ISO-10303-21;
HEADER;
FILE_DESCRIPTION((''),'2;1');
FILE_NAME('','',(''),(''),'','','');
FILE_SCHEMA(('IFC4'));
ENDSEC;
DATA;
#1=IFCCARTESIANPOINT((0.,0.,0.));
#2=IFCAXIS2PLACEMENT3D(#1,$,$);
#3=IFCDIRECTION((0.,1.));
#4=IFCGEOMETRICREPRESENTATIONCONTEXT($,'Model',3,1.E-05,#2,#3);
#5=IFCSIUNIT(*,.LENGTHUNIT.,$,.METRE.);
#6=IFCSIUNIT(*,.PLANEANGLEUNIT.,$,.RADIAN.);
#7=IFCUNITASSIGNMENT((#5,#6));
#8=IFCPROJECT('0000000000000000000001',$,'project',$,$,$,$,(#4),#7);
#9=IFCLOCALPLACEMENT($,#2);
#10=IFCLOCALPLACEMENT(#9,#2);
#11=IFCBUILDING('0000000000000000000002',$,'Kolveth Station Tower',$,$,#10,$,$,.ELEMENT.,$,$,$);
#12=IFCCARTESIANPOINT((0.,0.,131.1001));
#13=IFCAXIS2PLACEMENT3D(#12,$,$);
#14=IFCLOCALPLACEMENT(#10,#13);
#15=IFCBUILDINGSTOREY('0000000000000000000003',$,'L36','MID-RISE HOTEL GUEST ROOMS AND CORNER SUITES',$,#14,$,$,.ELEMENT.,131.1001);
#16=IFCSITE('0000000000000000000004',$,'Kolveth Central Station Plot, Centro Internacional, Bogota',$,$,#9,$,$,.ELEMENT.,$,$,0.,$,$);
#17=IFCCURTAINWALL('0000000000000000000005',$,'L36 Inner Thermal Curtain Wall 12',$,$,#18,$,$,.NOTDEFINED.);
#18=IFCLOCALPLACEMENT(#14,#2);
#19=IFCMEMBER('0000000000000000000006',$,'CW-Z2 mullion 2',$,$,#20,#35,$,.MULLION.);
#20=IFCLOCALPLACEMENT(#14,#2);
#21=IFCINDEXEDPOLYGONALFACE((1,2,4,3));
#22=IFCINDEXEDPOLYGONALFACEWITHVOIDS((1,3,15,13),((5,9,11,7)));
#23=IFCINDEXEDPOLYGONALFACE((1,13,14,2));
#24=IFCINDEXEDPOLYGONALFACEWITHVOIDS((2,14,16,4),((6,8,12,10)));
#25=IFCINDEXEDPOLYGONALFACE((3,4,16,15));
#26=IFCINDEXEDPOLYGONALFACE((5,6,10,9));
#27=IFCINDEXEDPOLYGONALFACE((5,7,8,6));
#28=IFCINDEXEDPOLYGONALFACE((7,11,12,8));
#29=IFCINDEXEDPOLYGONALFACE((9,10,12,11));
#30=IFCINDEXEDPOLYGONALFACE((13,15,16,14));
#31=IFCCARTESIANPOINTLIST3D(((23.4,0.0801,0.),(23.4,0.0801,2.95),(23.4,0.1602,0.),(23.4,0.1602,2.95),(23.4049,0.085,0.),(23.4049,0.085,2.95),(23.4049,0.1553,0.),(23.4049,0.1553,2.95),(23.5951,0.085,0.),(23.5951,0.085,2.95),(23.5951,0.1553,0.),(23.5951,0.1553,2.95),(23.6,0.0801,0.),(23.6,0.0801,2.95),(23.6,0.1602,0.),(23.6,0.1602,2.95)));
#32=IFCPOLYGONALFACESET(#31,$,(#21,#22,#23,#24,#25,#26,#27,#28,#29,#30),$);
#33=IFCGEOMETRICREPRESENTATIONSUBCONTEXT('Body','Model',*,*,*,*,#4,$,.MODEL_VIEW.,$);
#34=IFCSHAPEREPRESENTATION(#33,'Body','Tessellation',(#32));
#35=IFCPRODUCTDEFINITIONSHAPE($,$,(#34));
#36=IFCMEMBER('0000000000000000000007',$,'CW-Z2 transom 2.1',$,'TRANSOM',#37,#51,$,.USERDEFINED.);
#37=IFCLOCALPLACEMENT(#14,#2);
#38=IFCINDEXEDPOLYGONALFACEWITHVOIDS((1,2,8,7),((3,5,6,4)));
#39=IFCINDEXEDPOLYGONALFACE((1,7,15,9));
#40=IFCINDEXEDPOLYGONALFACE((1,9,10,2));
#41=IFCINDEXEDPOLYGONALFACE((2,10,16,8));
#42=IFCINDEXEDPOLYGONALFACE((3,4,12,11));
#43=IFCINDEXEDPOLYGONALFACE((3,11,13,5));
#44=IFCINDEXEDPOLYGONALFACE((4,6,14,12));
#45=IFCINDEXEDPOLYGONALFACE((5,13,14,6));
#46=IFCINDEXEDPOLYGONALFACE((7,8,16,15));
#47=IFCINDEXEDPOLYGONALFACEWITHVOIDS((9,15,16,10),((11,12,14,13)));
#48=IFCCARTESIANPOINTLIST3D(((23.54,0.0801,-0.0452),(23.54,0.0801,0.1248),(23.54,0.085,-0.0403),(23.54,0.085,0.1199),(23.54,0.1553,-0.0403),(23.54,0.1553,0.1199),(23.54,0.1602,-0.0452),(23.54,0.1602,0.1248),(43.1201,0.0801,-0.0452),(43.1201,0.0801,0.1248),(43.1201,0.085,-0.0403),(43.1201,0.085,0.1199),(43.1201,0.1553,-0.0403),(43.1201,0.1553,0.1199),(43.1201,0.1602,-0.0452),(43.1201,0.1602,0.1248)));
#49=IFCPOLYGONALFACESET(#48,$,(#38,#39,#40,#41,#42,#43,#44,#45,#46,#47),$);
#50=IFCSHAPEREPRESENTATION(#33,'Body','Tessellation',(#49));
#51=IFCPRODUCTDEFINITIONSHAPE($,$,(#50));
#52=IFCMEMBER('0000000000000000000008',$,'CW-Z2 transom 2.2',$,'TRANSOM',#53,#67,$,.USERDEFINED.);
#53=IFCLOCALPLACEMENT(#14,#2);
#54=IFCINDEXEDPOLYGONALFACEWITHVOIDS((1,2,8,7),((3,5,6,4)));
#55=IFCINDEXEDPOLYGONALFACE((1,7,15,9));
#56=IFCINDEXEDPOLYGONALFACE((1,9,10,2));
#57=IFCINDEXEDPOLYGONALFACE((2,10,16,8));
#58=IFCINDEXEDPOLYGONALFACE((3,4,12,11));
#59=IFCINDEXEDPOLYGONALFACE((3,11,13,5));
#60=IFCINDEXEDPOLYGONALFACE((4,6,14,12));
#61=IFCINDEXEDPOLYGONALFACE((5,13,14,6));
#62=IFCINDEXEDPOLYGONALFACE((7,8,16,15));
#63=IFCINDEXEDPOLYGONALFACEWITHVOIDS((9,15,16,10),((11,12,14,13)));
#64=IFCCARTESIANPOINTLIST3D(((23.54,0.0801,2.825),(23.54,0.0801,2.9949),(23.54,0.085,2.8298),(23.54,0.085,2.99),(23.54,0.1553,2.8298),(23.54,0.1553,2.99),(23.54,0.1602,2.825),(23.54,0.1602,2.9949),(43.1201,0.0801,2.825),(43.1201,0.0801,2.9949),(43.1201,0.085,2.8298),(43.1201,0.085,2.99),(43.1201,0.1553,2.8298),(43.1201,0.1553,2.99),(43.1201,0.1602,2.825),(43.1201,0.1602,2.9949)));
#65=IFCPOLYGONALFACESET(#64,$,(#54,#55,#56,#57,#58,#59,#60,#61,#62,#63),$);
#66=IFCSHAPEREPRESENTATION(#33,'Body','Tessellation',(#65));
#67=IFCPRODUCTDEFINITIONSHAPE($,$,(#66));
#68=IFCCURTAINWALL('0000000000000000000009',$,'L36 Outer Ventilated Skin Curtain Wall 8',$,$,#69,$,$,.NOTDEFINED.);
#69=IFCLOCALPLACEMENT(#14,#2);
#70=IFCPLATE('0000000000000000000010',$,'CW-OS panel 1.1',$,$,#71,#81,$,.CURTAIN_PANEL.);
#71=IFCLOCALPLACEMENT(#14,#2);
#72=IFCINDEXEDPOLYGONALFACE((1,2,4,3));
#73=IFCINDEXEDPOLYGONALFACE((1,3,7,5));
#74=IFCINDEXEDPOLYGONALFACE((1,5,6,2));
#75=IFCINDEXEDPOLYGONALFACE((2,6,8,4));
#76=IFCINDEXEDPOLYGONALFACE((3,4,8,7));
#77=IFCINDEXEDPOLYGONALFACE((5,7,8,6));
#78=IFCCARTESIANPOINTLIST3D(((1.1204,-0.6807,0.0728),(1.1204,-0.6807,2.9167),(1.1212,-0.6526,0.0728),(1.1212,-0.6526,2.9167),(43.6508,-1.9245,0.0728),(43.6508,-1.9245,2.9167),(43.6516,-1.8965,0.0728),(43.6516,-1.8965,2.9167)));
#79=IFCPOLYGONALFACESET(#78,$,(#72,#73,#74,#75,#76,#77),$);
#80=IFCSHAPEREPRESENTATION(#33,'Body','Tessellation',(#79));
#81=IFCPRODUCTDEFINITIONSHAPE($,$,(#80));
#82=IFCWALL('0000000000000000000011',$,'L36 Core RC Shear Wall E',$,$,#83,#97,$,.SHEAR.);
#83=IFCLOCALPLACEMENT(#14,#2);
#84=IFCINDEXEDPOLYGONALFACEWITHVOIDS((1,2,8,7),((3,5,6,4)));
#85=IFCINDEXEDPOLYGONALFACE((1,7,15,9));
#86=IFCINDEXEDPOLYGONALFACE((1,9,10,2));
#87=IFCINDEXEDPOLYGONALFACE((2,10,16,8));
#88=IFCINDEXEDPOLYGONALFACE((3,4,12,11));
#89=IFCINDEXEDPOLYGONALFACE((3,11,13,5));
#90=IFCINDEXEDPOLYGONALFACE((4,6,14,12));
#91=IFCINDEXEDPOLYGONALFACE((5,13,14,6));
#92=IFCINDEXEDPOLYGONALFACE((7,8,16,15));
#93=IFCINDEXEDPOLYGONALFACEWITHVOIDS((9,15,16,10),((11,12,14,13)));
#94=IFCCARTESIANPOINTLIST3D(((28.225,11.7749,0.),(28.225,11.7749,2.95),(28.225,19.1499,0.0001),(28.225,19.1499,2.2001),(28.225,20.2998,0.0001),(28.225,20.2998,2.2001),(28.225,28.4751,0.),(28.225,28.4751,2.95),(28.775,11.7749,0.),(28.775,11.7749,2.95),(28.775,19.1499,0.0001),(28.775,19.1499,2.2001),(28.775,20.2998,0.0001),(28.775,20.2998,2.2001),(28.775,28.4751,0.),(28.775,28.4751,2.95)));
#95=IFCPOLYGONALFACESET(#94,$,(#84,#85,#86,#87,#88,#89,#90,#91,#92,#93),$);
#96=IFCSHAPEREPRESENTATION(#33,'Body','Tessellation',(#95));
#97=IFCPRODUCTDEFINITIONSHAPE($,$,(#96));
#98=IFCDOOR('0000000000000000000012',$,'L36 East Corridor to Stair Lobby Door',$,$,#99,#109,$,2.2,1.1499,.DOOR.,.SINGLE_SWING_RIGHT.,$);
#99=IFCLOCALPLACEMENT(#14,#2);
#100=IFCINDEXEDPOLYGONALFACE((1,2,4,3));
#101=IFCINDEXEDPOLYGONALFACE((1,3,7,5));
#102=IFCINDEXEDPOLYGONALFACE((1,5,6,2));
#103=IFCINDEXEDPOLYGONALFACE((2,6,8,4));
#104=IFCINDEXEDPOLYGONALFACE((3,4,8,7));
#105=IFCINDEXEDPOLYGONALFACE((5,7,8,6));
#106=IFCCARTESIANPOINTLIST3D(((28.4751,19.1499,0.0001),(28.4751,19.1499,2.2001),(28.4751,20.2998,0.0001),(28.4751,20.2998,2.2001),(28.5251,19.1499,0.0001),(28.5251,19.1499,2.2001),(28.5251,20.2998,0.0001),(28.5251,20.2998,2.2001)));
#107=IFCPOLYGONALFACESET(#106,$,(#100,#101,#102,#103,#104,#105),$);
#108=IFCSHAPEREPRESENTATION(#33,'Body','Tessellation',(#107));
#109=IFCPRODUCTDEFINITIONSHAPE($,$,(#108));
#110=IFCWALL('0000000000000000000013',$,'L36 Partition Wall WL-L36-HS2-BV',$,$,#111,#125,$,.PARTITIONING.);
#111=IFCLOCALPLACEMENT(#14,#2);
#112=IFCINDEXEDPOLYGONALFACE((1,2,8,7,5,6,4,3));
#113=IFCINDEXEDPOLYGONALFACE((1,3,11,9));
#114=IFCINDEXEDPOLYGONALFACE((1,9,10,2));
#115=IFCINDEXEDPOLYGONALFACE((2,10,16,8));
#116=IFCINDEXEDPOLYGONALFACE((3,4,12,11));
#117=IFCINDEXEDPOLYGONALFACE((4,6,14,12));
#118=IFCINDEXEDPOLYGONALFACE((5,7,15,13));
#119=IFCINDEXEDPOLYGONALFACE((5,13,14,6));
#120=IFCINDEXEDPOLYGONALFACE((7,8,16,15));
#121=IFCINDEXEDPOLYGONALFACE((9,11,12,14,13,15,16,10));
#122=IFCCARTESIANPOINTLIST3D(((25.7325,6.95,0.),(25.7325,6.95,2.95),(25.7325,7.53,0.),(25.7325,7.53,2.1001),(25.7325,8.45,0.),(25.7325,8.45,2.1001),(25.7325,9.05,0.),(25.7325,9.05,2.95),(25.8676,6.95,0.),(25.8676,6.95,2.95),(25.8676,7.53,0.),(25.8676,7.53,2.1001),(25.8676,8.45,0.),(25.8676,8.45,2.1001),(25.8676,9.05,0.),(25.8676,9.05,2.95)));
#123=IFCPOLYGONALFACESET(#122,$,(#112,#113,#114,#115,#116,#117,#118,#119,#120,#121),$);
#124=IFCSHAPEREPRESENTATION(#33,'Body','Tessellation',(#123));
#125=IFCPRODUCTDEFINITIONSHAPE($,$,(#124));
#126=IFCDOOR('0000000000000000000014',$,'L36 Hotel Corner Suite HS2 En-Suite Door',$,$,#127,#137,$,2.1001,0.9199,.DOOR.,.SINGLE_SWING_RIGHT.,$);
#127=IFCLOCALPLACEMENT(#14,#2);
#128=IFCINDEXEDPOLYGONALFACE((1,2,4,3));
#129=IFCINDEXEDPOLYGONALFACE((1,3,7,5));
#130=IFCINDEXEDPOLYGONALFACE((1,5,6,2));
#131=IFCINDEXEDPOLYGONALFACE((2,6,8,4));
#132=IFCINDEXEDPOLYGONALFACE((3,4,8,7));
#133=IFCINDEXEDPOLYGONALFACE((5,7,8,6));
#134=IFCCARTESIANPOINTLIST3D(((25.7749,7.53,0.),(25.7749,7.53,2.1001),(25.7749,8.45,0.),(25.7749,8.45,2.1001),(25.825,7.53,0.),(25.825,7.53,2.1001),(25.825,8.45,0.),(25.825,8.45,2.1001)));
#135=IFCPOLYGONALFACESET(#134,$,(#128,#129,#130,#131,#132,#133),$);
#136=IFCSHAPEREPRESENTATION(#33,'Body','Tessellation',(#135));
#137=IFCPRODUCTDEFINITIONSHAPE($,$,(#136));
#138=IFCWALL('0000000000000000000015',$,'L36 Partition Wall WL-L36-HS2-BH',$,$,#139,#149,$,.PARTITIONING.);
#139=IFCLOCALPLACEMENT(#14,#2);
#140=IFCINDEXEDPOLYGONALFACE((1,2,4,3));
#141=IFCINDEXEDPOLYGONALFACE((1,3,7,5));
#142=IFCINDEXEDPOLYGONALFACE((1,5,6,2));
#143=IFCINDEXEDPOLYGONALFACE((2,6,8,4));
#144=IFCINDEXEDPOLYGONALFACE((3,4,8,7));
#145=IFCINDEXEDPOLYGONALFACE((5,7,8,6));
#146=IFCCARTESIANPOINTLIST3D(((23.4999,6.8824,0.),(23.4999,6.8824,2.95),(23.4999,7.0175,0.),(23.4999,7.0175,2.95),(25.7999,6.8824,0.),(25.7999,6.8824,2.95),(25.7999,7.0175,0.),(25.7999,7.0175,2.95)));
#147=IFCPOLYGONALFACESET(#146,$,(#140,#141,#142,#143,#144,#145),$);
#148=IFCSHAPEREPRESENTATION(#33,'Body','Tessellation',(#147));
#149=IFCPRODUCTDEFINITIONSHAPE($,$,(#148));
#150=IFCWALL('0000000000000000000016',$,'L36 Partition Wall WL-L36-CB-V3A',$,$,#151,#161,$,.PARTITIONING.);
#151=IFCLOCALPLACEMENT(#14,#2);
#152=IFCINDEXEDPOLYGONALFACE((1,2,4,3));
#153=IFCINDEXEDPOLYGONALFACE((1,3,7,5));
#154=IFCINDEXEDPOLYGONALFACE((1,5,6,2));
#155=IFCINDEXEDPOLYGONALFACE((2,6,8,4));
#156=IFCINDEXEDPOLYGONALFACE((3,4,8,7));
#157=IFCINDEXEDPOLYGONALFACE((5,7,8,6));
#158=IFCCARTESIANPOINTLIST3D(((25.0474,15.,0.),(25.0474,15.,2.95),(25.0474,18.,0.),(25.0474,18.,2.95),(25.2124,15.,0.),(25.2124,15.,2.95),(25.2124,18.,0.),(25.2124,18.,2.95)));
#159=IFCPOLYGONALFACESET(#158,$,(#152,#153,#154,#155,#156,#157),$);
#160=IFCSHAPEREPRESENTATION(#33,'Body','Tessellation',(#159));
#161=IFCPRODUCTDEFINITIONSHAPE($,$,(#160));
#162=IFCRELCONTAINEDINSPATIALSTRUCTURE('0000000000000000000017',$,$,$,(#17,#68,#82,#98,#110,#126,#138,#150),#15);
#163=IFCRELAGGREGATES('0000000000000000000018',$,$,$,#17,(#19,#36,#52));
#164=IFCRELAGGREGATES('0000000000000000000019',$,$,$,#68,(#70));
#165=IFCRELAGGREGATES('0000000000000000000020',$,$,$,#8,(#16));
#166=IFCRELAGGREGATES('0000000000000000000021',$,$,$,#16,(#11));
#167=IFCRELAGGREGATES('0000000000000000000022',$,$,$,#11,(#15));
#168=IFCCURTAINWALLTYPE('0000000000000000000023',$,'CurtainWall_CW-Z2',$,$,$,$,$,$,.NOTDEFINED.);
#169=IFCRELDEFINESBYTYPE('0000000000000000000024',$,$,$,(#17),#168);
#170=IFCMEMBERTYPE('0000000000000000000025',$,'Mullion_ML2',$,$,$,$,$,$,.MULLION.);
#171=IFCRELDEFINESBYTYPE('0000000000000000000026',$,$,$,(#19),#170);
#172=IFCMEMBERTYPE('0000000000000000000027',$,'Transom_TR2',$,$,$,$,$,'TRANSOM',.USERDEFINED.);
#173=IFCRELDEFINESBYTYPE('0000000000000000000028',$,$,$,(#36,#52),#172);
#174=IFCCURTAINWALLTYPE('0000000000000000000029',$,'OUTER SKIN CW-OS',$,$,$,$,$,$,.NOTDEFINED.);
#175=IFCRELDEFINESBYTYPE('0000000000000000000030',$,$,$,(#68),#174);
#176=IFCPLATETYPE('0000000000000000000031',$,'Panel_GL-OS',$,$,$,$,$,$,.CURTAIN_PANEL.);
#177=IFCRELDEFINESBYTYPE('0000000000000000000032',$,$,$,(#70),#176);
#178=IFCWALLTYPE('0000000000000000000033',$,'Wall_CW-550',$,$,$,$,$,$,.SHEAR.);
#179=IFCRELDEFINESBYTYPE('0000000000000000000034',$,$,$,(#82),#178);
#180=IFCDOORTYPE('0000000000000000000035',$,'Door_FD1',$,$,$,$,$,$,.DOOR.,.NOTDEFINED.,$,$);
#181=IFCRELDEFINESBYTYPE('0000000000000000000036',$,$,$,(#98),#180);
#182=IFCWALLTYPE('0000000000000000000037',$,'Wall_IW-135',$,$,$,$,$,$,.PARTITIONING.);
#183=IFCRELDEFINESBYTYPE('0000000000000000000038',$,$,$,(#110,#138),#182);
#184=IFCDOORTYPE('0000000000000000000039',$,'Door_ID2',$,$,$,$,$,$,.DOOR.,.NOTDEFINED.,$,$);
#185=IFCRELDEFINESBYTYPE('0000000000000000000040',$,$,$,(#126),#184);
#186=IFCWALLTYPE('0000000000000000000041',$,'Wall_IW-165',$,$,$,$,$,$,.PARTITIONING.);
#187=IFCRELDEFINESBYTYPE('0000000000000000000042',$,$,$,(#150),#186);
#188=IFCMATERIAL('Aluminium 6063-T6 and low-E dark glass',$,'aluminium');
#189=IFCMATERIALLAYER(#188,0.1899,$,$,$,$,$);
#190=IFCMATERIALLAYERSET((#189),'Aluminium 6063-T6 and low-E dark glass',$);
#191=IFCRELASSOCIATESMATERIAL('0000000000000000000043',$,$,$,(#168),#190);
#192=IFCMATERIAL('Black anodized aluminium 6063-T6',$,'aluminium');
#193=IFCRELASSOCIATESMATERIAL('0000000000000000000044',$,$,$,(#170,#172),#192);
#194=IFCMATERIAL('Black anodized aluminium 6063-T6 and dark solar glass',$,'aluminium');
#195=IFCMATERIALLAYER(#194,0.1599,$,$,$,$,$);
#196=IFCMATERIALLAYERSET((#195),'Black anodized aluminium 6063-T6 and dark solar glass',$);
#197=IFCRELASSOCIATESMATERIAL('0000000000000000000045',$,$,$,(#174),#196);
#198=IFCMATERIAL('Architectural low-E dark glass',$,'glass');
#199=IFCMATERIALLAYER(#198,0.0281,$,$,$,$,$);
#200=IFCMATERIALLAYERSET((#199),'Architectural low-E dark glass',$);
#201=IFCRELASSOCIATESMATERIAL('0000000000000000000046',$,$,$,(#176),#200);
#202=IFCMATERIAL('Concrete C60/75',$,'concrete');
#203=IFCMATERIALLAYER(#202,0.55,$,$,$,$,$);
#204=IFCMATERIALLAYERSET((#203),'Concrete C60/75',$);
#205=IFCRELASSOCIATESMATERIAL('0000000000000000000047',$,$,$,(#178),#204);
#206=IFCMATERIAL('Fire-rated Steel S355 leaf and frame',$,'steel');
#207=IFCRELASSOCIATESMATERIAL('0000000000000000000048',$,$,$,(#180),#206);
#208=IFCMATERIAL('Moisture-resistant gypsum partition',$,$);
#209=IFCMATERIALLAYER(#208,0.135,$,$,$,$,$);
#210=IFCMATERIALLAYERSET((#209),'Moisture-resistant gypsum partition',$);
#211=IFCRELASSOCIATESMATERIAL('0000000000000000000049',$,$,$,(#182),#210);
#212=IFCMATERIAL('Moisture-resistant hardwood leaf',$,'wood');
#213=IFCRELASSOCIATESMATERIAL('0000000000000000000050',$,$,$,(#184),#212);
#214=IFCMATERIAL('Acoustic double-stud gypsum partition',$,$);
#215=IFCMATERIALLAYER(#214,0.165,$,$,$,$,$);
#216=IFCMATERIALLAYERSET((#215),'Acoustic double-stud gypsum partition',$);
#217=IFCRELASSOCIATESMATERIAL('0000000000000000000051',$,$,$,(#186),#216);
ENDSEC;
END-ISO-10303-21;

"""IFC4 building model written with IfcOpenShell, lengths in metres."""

from ifc_helpers import new_model, si_unit, direction, frame, frame_2d, origin, origin_2d, place, context, subcontext, project, spatial, rectangle, hollow_rectangle, extrude, source, transform, mapped, material, layer, layer_set, material_profile, profile_set, type_object, element, fill, aggregate, save


model = new_model("IFC4")

# Units and contexts
model_context = context("Model", 3, precision=1e-05, world=origin(), true_north=direction((0.0, 1.0)))
body_context = subcontext(model_context, "Body", "Model", "MODEL_VIEW")
ifc_project = project(units=[si_unit("LENGTHUNIT", "METRE"), si_unit("PLANEANGLEUNIT", "RADIAN")], contexts=[model_context])

# Site, building, storey
site_placement = place(None, origin())
site = spatial("IfcSite", under=ifc_project, at=site_placement, Name="Kolveth Central Station Plot, Centro Internacional, Bogota", CompositionType="ELEMENT", RefElevation=0.0)
building_placement = place(site_placement, origin())
building = spatial("IfcBuilding", under=site, at=building_placement, Name="Kolveth Station Tower", CompositionType="ELEMENT")
storey_placement = place(building_placement, frame((0.0, 0.0, 131.1001)))
storey = spatial("IfcBuildingStorey", under=building, at=storey_placement, Name="L36", Description="MID-RISE HOTEL GUEST ROOMS AND CORNER SUITES", CompositionType="ELEMENT", Elevation=131.1001)

# Curtain wall, members
ifc_material_1 = material(Name="Aluminium 6063-T6 and low-E dark glass", Category="aluminium")
ifc_layer_1 = layer(ifc_material_1, 0.1899)
ifc_layer_set_1 = layer_set([ifc_layer_1], Name="Aluminium 6063-T6 and low-E dark glass")
curtain_wall_type_1 = type_object("IfcCurtainWallType", Name="CurtainWall_CW-Z2", PredefinedType="NOTDEFINED", material=ifc_layer_set_1)
curtain_wall_1_placement = place(storey_placement, origin())
curtain_wall_1 = element("IfcCurtainWall", 1, at=curtain_wall_1_placement, inside=storey, type_object=curtain_wall_type_1, Name="L36 Inner Thermal Curtain Wall 12", PredefinedType="NOTDEFINED")
ifc_material_2 = material(Name="Black anodized aluminium 6063-T6", Category="aluminium")
ifc_material_profile_1 = material_profile(ifc_material_2, hollow_rectangle(XDim=0.0801, YDim=0.2, WallThickness=0.0049, at=origin_2d()), Name="ALU-80x200x5")
ifc_profile_set_1 = profile_set([ifc_material_profile_1], Name="Black anodized aluminium 6063-T6")
member_type_1 = type_object("IfcMemberType", Name="Mullion_ML2", PredefinedType="MULLION", material=ifc_profile_set_1)
shared_shape_1 = source(origin(), body_context, "Body", "SweptSolid", [
    extrude(hollow_rectangle(XDim=0.0801, YDim=0.2, WallThickness=0.0049, at=origin_2d()), origin(), (0.0, 0.0, 1.0), 2.95),
])
member_1_placement = place(storey_placement, frame((23.5, 0.1201, 0.0), z_axis=(0.0, 0.0, 1.0), x_axis=(0.0, 1.0, 0.0)))
member_1 = element("IfcMember", 2, at=member_1_placement, type_object=member_type_1, Name="CW-Z2 mullion 2", PredefinedType="MULLION", context=body_context, shape_type="MappedRepresentation", body=[
    mapped(shared_shape_1, transform((0.0, 0.0, 0.0), x_axis=(1.0, 0.0, 0.0), y_axis=(0.0, 1.0, 0.0), z_axis=(0.0, 0.0, 1.0), scale=1.0)),
])
ifc_material_profile_2 = material_profile(ifc_material_2, hollow_rectangle(XDim=0.0801, YDim=0.1699, WallThickness=0.0049, at=origin_2d()), Name="ALU-80x170x5")
ifc_profile_set_2 = profile_set([ifc_material_profile_2], Name="Black anodized aluminium 6063-T6")
member_type_2 = type_object("IfcMemberType", Name="Transom_TR2", ElementType="TRANSOM", PredefinedType="USERDEFINED", material=ifc_profile_set_2)
shared_shape_2 = source(origin(), body_context, "Body", "SweptSolid", [
    extrude(hollow_rectangle(XDim=0.0801, YDim=0.1699, WallThickness=0.0049, at=origin_2d()), origin(), (0.0, 0.0, 1.0), 19.5801),
])
member_2_placement = place(storey_placement, frame((23.54, 0.1201, 0.0398), z_axis=(1.0, 0.0, 0.0), x_axis=(0.0, 1.0, 0.0)))
member_2 = element("IfcMember", 3, at=member_2_placement, type_object=member_type_2, Name="CW-Z2 transom 2.1", ObjectType="TRANSOM", PredefinedType="USERDEFINED", context=body_context, shape_type="MappedRepresentation", body=[
    mapped(shared_shape_2, transform((0.0, 0.0, 0.0), x_axis=(1.0, 0.0, 0.0), y_axis=(0.0, 1.0, 0.0), z_axis=(0.0, 0.0, 1.0), scale=1.0)),
])
member_3_placement = place(storey_placement, frame((23.54, 0.1201, 2.9099), z_axis=(1.0, 0.0, 0.0), x_axis=(0.0, 1.0, 0.0)))
member_3 = element("IfcMember", 4, at=member_3_placement, type_object=member_type_2, Name="CW-Z2 transom 2.2", ObjectType="TRANSOM", PredefinedType="USERDEFINED", context=body_context, shape_type="MappedRepresentation", body=[
    mapped(shared_shape_2, transform((0.0, 0.0, 0.0), x_axis=(1.0, 0.0, 0.0), y_axis=(0.0, 1.0, 0.0), z_axis=(0.0, 0.0, 1.0), scale=1.0)),
])
aggregate(curtain_wall_1, [member_1, member_2, member_3])

# Curtain wall, plate
ifc_material_3 = material(Name="Black anodized aluminium 6063-T6 and dark solar glass", Category="aluminium")
ifc_layer_2 = layer(ifc_material_3, 0.1599)
ifc_layer_set_2 = layer_set([ifc_layer_2], Name="Black anodized aluminium 6063-T6 and dark solar glass")
curtain_wall_type_2 = type_object("IfcCurtainWallType", Name="OUTER SKIN CW-OS", PredefinedType="NOTDEFINED", material=ifc_layer_set_2)
curtain_wall_2_placement = place(storey_placement, origin())
curtain_wall_2 = element("IfcCurtainWall", 5, at=curtain_wall_2_placement, inside=storey, type_object=curtain_wall_type_2, Name="L36 Outer Ventilated Skin Curtain Wall 8", PredefinedType="NOTDEFINED")
ifc_material_4 = material(Name="Architectural low-E dark glass", Category="glass")
ifc_layer_3 = layer(ifc_material_4, 0.0281)
ifc_layer_set_3 = layer_set([ifc_layer_3], Name="Architectural low-E dark glass")
plate_type = type_object("IfcPlateType", Name="Panel_GL-OS", PredefinedType="CURTAIN_PANEL", material=ifc_layer_set_3)
shared_shape_3 = source(origin(), body_context, "Body", "SweptSolid", [
    extrude(rectangle(XDim=42.5486, YDim=0.0281, at=origin_2d()), origin(), (0.0, 0.0, 1.0), 2.844),
])
plate_placement = place(storey_placement, frame((22.386, -1.2886, 0.0728), z_axis=(0.0, 0.0, 1.0), x_axis=(0.999573, -0.029234, 0.0)))
plate = element("IfcPlate", 6, at=plate_placement, type_object=plate_type, Name="CW-OS panel 1.1", PredefinedType="CURTAIN_PANEL", context=body_context, shape_type="MappedRepresentation", body=[
    mapped(shared_shape_3, transform((0.0, 0.0, 0.0), x_axis=(1.0, 0.0, 0.0), y_axis=(0.0, 1.0, 0.0), z_axis=(0.0, 0.0, 1.0), scale=1.0)),
])
aggregate(curtain_wall_2, [plate])

# Walls, openings, doors
ifc_material_5 = material(Name="Concrete C60/75", Category="concrete")
ifc_layer_4 = layer(ifc_material_5, 0.55)
ifc_layer_set_4 = layer_set([ifc_layer_4], Name="Concrete C60/75")
wall_type_1 = type_object("IfcWallType", Name="Wall_CW-550", PredefinedType="SHEAR", material=ifc_layer_set_4)
wall_1_placement = place(storey_placement, frame((28.5, 11.7749, 0.0), z_axis=(0.0, 0.0, 1.0), x_axis=(0.0, 1.0, 0.0)))
wall_1 = element("IfcWall", 7, at=wall_1_placement, inside=storey, type_object=wall_type_1, Name="L36 Core RC Shear Wall E", PredefinedType="SHEAR", context=body_context, shape_type="SweptSolid", body=[
    extrude(rectangle(XDim=16.7002, YDim=0.55, at=frame_2d((8.3501, 0.0))), origin(), (0.0, 0.0, 1.0), 2.95),
])
opening_1_placement = place(wall_1_placement, frame((7.375, 0.0, 0.0)))
opening_1 = element("IfcOpeningElement", 8, at=opening_1_placement, cuts=wall_1, PredefinedType="OPENING", context=body_context, shape_type="SweptSolid", body=[
    extrude(rectangle(XDim=1.1499, YDim=2.2, at=frame_2d((0.575, 1.1001))), frame((0.0, 0.2849, 0.0), z_axis=(0.0, -1.0, 0.0), x_axis=(1.0, 0.0, 0.0)), (0.0, 0.0, 1.0), 0.5701),
])
ifc_material_6 = material(Name="Fire-rated Steel S355 leaf and frame", Category="steel")
door_type_1 = type_object("IfcDoorType", Name="Door_FD1", OperationType="NOTDEFINED", PredefinedType="DOOR", material=ifc_material_6)
door_1_placement = place(opening_1_placement, origin())
door_1 = element("IfcDoor", 9, at=door_1_placement, inside=storey, type_object=door_type_1, Name="L36 East Corridor to Stair Lobby Door", OperationType="SINGLE_SWING_RIGHT", OverallHeight=2.2, OverallWidth=1.1499, PredefinedType="DOOR", context=body_context, shape_type="SweptSolid", body=[
    extrude(rectangle(XDim=1.1499, YDim=2.2, at=frame_2d((0.575, 1.1001))), frame((0.0, 0.0249, 0.0), z_axis=(0.0, -1.0, 0.0), x_axis=(1.0, 0.0, 0.0)), (0.0, 0.0, 1.0), 0.05),
])
fill(opening_1, door_1)
ifc_material_7 = material(Name="Moisture-resistant gypsum partition")
ifc_layer_5 = layer(ifc_material_7, 0.135)
ifc_layer_set_5 = layer_set([ifc_layer_5], Name="Moisture-resistant gypsum partition")
wall_type_2 = type_object("IfcWallType", Name="Wall_IW-135", PredefinedType="PARTITIONING", material=ifc_layer_set_5)
wall_2_placement = place(storey_placement, frame((25.8, 6.95, 0.0), z_axis=(0.0, 0.0, 1.0), x_axis=(0.0, 1.0, 0.0)))
wall_2 = element("IfcWall", 10, at=wall_2_placement, inside=storey, type_object=wall_type_2, Name="L36 Partition Wall WL-L36-HS2-BV", PredefinedType="PARTITIONING", context=body_context, shape_type="SweptSolid", body=[
    extrude(rectangle(XDim=2.1001, YDim=0.135, at=frame_2d((1.05, 0.0))), origin(), (0.0, 0.0, 1.0), 2.95),
])
opening_2_placement = place(wall_2_placement, frame((0.5801, 0.0, 0.0)))
opening_2 = element("IfcOpeningElement", 11, at=opening_2_placement, cuts=wall_2, PredefinedType="OPENING", context=body_context, shape_type="SweptSolid", body=[
    extrude(rectangle(XDim=0.9199, YDim=2.1001, at=frame_2d((0.46, 1.05))), frame((0.0, 0.0774, 0.0), z_axis=(0.0, -1.0, 0.0), x_axis=(1.0, 0.0, 0.0)), (0.0, 0.0, 1.0), 0.155),
])
ifc_material_8 = material(Name="Moisture-resistant hardwood leaf", Category="wood")
door_type_2 = type_object("IfcDoorType", Name="Door_ID2", OperationType="NOTDEFINED", PredefinedType="DOOR", material=ifc_material_8)
door_2_placement = place(opening_2_placement, frame((0.9199, 0.0, 0.0), z_axis=(0.0, 0.0, 1.0), x_axis=(-1.0, 0.0, 0.0)))
door_2 = element("IfcDoor", 12, at=door_2_placement, inside=storey, type_object=door_type_2, Name="L36 Hotel Corner Suite HS2 En-Suite Door", OperationType="SINGLE_SWING_RIGHT", OverallHeight=2.1001, OverallWidth=0.9199, PredefinedType="DOOR", context=body_context, shape_type="SweptSolid", body=[
    extrude(rectangle(XDim=0.9199, YDim=2.1001, at=frame_2d((0.46, 1.05))), frame((0.0, 0.0249, 0.0), z_axis=(0.0, -1.0, 0.0), x_axis=(1.0, 0.0, 0.0)), (0.0, 0.0, 1.0), 0.05),
])
fill(opening_2, door_2)

# Walls
wall_3_placement = place(storey_placement, frame((23.5, 6.95, 0.0), z_axis=(0.0, 0.0, 1.0), x_axis=(1.0, 0.0, 0.0)))
element("IfcWall", 13, at=wall_3_placement, inside=storey, type_object=wall_type_2, Name="L36 Partition Wall WL-L36-HS2-BH", PredefinedType="PARTITIONING", context=body_context, shape_type="SweptSolid", body=[
    extrude(rectangle(XDim=2.3, YDim=0.135, at=frame_2d((1.1499, 0.0))), origin(), (0.0, 0.0, 1.0), 2.95),
])
ifc_material_9 = material(Name="Acoustic double-stud gypsum partition")
ifc_layer_6 = layer(ifc_material_9, 0.165)
ifc_layer_set_6 = layer_set([ifc_layer_6], Name="Acoustic double-stud gypsum partition")
wall_type_3 = type_object("IfcWallType", Name="Wall_IW-165", PredefinedType="PARTITIONING", material=ifc_layer_set_6)
wall_4_placement = place(storey_placement, frame((25.1299, 15.0, 0.0), z_axis=(0.0, 0.0, 1.0), x_axis=(0.0, 1.0, 0.0)))
element("IfcWall", 14, at=wall_4_placement, inside=storey, type_object=wall_type_3, Name="L36 Partition Wall WL-L36-CB-V3A", PredefinedType="PARTITIONING", context=body_context, shape_type="SweptSolid", body=[
    extrude(rectangle(XDim=3.0, YDim=0.165, at=frame_2d((1.5, 0.0))), origin(), (0.0, 0.0, 1.0), 2.95),
])

save(model, "model.ifc")
